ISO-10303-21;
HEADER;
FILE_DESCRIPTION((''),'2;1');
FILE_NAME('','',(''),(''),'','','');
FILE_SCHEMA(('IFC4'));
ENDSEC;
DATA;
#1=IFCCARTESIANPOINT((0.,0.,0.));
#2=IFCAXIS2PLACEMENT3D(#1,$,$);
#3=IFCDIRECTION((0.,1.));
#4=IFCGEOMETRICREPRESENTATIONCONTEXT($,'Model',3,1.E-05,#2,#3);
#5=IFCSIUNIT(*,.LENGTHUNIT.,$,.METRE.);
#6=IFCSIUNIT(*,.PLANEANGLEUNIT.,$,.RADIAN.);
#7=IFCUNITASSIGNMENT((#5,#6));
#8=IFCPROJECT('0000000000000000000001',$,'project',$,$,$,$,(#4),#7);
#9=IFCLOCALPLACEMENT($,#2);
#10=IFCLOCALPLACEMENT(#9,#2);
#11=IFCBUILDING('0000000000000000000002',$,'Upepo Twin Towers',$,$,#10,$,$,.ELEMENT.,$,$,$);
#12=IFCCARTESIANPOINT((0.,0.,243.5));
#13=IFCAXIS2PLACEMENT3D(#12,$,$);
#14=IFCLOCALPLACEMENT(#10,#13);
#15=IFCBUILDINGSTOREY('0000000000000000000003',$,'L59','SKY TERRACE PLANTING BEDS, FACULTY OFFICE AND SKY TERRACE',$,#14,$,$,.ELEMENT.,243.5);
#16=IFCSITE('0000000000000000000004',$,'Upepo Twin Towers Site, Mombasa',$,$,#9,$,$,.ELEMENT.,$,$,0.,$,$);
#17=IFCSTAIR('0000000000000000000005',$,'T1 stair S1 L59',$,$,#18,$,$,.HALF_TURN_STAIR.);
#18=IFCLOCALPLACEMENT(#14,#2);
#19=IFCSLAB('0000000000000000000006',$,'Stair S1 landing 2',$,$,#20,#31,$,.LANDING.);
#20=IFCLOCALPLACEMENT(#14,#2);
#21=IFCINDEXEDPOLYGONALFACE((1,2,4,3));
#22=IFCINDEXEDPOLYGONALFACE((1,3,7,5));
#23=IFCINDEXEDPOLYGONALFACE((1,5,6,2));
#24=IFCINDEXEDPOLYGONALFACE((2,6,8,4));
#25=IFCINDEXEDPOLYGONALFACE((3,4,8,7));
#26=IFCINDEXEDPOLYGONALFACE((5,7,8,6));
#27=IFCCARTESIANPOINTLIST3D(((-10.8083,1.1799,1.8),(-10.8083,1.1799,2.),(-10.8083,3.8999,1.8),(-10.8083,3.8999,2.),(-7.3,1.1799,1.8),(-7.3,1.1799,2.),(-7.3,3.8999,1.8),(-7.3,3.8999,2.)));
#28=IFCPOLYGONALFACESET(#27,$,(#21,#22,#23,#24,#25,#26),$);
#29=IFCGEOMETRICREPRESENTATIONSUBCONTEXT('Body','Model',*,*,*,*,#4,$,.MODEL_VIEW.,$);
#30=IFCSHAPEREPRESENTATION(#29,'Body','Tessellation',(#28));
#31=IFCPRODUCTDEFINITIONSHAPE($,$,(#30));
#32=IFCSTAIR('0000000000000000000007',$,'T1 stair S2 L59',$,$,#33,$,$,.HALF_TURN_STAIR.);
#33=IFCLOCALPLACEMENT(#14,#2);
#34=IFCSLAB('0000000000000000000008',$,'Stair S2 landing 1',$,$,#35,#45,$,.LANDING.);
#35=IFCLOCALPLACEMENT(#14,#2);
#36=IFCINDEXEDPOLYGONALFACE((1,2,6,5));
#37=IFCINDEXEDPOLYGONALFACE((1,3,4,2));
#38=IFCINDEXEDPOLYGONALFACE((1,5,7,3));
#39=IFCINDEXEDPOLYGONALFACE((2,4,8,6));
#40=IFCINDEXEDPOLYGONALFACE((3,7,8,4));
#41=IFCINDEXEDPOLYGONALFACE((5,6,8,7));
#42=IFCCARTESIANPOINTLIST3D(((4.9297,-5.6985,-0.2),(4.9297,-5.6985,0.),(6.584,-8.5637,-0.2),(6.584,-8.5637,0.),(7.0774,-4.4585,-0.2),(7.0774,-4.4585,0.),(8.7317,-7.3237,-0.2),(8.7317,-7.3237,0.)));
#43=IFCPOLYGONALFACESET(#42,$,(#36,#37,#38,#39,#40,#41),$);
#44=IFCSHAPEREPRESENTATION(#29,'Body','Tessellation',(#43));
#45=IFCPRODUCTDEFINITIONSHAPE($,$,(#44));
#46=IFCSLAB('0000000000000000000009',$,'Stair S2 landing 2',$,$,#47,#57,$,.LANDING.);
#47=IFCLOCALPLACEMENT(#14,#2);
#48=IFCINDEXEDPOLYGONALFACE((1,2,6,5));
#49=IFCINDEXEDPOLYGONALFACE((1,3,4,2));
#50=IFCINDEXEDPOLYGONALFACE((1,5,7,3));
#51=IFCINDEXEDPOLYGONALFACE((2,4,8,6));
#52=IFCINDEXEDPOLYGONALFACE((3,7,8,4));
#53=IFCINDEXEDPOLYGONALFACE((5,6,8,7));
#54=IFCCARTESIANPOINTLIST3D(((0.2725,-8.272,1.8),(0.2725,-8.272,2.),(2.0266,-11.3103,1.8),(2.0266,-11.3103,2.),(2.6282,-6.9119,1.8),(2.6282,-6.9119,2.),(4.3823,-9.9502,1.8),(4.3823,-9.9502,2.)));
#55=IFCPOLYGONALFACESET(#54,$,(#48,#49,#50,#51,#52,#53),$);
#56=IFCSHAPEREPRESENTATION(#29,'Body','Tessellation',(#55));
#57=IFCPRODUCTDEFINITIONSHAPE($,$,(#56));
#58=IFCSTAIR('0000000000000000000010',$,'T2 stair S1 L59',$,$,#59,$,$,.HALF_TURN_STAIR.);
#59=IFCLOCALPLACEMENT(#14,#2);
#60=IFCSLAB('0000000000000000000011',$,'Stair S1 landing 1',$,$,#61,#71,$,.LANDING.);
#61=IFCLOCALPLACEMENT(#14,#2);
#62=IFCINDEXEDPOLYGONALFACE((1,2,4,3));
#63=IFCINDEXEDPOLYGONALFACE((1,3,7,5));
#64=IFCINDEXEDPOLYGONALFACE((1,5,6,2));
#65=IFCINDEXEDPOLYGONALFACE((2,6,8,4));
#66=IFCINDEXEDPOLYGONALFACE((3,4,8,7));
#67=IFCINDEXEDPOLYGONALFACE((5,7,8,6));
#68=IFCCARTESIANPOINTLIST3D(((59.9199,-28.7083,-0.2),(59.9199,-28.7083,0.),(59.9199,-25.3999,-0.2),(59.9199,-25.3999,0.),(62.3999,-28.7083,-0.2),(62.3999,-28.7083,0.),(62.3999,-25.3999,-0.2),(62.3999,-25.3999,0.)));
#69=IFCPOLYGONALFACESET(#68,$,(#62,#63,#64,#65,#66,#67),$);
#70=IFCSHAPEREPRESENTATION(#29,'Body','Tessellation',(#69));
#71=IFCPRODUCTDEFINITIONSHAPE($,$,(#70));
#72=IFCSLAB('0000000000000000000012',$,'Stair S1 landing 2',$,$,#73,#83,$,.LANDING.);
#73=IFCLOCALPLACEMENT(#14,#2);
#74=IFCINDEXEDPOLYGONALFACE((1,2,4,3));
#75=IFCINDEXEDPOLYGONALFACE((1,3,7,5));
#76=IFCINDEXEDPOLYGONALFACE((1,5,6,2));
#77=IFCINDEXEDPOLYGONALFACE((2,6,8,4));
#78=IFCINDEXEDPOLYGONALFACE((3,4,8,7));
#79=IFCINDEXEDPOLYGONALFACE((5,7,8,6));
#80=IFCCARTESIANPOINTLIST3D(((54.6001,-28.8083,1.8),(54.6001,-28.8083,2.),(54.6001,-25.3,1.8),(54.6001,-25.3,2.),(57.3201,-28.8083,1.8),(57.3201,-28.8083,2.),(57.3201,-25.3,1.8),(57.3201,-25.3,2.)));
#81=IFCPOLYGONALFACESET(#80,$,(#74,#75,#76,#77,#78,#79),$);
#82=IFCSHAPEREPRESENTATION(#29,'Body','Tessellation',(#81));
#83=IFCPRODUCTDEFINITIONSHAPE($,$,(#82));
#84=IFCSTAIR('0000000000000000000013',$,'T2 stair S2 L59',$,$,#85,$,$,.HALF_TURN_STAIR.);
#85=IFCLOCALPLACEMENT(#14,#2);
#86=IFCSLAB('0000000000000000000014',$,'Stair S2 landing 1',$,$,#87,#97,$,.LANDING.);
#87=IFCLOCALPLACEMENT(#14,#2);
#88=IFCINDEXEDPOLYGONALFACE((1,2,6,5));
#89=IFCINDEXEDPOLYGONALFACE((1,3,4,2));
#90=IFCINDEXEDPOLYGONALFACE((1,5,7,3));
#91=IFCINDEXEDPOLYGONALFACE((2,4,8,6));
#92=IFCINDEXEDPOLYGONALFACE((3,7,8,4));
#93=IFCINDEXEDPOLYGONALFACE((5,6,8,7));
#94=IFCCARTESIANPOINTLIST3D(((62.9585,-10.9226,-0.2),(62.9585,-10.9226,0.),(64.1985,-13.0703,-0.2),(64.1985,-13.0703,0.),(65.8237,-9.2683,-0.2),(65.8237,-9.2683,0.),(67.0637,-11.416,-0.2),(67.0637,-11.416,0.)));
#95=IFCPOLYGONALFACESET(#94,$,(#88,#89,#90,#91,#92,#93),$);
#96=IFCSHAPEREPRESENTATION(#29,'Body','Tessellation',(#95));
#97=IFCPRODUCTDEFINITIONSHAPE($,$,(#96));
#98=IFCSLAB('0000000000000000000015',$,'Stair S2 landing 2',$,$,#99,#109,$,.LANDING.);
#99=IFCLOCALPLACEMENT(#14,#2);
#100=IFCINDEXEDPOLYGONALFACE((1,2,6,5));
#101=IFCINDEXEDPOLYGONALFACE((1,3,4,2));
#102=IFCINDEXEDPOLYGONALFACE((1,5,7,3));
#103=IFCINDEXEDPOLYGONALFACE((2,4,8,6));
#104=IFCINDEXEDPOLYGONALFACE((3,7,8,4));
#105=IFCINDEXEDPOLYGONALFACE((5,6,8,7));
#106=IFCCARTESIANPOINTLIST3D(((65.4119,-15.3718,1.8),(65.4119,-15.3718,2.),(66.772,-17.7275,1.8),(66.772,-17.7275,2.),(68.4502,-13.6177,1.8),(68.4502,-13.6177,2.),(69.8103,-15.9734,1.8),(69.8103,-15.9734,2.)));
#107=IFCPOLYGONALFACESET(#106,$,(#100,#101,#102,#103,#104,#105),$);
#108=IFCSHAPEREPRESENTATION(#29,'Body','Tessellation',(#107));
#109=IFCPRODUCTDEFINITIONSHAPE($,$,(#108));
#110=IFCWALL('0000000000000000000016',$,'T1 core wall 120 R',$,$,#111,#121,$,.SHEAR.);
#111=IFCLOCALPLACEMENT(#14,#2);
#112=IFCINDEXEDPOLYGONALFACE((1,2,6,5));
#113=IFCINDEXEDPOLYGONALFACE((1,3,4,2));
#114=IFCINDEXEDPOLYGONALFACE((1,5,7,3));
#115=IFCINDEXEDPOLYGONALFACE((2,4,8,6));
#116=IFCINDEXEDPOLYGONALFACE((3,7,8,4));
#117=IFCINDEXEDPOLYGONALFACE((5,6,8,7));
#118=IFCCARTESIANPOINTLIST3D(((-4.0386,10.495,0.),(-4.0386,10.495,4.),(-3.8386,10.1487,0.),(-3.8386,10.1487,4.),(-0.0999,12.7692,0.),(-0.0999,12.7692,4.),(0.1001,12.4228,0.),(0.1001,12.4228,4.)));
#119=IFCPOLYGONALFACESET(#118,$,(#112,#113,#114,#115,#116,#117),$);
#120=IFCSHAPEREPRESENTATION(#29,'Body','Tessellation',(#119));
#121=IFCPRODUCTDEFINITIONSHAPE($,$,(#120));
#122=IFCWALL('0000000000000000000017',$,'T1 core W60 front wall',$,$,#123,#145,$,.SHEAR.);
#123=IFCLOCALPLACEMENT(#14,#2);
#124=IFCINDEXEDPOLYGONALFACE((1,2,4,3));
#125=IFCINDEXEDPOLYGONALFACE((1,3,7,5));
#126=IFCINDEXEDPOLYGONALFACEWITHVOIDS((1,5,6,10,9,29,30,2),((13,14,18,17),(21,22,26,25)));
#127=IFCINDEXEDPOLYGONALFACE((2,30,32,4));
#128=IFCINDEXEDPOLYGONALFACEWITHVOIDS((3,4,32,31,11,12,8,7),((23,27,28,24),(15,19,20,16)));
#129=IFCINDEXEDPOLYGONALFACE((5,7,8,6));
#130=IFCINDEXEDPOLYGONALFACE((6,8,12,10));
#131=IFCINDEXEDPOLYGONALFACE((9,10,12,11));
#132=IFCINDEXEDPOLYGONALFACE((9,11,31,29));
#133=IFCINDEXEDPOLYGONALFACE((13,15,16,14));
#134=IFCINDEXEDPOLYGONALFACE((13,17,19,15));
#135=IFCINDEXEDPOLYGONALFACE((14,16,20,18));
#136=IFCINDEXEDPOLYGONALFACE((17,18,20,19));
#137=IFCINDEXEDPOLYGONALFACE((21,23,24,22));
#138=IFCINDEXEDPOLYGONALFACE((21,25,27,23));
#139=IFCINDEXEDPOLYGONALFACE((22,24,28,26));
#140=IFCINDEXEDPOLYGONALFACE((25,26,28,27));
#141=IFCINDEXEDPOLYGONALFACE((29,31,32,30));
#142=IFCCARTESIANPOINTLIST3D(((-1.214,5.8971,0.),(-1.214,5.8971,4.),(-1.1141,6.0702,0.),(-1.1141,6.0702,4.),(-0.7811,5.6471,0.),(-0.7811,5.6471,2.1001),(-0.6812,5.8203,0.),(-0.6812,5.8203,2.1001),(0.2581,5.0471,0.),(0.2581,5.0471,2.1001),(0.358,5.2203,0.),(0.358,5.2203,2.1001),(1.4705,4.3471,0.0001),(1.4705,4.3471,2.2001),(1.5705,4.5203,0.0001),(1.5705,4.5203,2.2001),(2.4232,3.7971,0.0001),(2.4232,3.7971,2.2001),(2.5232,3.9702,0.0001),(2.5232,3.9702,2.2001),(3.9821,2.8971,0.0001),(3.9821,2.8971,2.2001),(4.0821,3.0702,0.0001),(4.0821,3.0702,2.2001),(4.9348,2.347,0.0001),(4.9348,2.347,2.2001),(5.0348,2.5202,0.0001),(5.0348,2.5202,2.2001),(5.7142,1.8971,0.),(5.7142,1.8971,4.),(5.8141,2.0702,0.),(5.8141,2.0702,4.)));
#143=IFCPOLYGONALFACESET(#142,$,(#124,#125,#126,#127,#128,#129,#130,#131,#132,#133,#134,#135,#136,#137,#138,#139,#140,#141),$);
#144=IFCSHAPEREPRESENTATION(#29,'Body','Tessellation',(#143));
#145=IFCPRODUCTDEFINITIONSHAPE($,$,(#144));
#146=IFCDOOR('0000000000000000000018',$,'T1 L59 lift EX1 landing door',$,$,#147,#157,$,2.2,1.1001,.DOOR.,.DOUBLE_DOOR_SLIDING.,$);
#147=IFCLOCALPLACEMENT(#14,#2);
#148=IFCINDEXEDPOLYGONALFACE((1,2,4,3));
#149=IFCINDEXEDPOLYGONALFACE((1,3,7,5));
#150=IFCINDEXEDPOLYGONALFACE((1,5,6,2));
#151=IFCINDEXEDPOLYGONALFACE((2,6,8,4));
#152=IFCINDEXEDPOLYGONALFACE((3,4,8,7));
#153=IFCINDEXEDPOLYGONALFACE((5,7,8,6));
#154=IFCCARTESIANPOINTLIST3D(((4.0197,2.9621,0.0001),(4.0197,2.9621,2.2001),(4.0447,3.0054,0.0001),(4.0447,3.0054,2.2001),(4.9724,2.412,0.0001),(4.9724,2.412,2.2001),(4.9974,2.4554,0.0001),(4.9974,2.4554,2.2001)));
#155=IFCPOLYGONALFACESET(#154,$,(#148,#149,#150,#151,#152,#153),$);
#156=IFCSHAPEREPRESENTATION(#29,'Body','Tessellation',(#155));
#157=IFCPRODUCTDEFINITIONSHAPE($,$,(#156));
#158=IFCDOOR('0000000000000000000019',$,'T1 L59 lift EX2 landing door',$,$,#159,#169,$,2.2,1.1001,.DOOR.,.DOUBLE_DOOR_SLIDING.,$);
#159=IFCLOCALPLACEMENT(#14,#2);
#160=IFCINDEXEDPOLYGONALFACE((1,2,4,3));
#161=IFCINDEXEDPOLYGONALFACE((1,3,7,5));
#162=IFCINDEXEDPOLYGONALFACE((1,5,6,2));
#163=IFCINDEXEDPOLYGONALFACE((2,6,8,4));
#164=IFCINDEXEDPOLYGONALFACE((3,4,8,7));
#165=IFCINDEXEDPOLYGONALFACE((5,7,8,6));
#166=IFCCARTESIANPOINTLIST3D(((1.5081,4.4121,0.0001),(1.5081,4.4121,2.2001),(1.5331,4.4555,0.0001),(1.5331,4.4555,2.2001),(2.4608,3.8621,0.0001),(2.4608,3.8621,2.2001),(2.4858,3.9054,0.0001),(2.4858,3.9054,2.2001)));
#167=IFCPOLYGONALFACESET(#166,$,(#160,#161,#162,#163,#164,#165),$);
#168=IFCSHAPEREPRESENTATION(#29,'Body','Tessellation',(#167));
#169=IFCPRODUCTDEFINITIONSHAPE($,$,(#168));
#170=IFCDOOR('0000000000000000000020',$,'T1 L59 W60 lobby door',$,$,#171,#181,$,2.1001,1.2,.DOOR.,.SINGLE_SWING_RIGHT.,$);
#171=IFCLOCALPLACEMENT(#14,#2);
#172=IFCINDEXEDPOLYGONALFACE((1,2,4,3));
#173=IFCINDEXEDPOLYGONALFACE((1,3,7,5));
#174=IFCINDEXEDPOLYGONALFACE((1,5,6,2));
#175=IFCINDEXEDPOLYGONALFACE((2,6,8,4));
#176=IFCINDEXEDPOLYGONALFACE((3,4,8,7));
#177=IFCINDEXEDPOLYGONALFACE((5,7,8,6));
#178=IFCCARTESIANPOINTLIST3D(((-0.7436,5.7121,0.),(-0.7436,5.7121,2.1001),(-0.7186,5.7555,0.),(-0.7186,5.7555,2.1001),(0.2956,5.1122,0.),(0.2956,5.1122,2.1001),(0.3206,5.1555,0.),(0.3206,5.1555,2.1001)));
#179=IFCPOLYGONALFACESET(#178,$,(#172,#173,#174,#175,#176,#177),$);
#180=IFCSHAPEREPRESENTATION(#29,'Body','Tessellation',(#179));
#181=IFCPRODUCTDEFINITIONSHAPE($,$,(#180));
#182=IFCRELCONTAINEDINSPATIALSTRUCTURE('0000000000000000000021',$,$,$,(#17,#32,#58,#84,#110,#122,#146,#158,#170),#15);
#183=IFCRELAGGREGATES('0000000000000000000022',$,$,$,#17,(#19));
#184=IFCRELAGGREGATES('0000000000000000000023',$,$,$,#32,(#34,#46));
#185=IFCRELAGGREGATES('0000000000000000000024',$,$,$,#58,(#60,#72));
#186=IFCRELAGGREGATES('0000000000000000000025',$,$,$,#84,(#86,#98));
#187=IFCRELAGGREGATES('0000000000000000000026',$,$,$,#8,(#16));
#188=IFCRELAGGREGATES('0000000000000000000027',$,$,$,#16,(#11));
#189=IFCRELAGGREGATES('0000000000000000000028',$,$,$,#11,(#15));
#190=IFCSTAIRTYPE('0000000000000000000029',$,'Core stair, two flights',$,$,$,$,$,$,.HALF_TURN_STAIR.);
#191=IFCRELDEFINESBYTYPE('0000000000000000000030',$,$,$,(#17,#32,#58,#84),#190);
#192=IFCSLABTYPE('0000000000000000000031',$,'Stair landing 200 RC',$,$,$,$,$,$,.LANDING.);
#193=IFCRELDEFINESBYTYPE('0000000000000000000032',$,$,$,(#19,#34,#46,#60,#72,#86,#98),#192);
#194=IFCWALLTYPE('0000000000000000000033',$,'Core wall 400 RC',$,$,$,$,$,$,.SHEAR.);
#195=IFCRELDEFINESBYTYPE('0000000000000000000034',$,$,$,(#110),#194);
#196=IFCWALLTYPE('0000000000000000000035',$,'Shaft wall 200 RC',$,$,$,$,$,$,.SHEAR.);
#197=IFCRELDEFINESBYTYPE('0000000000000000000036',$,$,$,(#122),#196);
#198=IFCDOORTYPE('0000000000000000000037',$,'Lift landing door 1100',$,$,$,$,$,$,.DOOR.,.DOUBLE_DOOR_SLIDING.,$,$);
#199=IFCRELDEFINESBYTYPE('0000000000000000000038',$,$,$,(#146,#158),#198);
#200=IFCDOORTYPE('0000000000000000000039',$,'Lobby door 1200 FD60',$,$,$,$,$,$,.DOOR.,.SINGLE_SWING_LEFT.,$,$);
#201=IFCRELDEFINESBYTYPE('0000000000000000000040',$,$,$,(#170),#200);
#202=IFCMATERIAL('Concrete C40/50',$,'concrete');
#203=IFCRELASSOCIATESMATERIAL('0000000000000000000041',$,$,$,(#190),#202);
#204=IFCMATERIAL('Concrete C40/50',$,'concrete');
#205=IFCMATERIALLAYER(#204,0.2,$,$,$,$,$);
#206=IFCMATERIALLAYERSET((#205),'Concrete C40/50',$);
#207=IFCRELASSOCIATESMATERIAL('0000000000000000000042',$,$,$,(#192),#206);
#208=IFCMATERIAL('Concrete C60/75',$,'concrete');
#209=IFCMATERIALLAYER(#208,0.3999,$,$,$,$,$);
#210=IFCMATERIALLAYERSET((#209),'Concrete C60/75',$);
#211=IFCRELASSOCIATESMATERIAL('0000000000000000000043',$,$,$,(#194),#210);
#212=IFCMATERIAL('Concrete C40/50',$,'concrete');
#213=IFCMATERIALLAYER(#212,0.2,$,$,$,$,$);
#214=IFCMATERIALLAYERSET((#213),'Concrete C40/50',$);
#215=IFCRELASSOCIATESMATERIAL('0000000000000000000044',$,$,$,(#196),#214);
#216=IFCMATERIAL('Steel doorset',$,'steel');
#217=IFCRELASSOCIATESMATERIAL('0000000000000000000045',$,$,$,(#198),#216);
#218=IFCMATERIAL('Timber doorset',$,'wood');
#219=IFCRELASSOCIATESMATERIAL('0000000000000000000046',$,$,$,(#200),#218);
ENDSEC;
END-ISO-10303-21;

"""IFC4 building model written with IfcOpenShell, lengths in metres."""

from ifc_helpers import new_model, si_unit, direction, frame, frame_2d, origin, place, context, subcontext, project, spatial, polyline, rectangle, outline, extrude, material, layer, layer_set, type_object, element, fill, aggregate, save


model = new_model("IFC4")

# Units and contexts
model_context = context("Model", 3, precision=1e-05, world=origin(), true_north=direction((0.0, 1.0)))
body_context = subcontext(model_context, "Body", "Model", "MODEL_VIEW")
ifc_project = project(units=[si_unit("LENGTHUNIT", "METRE"), si_unit("PLANEANGLEUNIT", "RADIAN")], contexts=[model_context])

# Site, building, storey
site_placement = place(None, origin())
site = spatial("IfcSite", under=ifc_project, at=site_placement, Name="Upepo Twin Towers Site, Mombasa", CompositionType="ELEMENT", RefElevation=0.0)
building_placement = place(site_placement, origin())
building = spatial("IfcBuilding", under=site, at=building_placement, Name="Upepo Twin Towers", CompositionType="ELEMENT")
storey_placement = place(building_placement, frame((0.0, 0.0, 243.5)))
storey = spatial("IfcBuildingStorey", under=building, at=storey_placement, Name="L59", Description="SKY TERRACE PLANTING BEDS, FACULTY OFFICE AND SKY TERRACE", CompositionType="ELEMENT", Elevation=243.5)

# Stair, slab
ifc_material_1 = material(Name="Concrete C40/50", Category="concrete")
stair_type = type_object("IfcStairType", Name="Core stair, two flights", PredefinedType="HALF_TURN_STAIR", material=ifc_material_1)
stair_1_placement = place(storey_placement, origin())
stair_1 = element("IfcStair", 1, at=stair_1_placement, inside=storey, type_object=stair_type, Name="T1 stair S1 L59", PredefinedType="HALF_TURN_STAIR")
ifc_material_2 = material(Name="Concrete C40/50", Category="concrete")
ifc_layer_1 = layer(ifc_material_2, 0.2)
ifc_layer_set_1 = layer_set([ifc_layer_1], Name="Concrete C40/50")
slab_type = type_object("IfcSlabType", Name="Stair landing 200 RC", PredefinedType="LANDING", material=ifc_layer_set_1)
slab_1_placement = place(storey_placement, frame((0.0, 0.0, 1.8)))
slab_1 = element("IfcSlab", 2, at=slab_1_placement, type_object=slab_type, Name="Stair S1 landing 2", PredefinedType="LANDING", context=body_context, shape_type="SweptSolid", body=[
    extrude(outline(polyline([(-7.3, 3.8999), (-10.8083, 3.8999), (-10.8083, 1.1799), (-7.3, 1.1799), (-7.3, 3.8999)])), origin(), (0.0, 0.0, 1.0), 0.2),
])
aggregate(stair_1, [slab_1])

# Stairs, slabs
stair_2_placement = place(storey_placement, origin())
stair_2 = element("IfcStair", 3, at=stair_2_placement, inside=storey, type_object=stair_type, Name="T1 stair S2 L59", PredefinedType="HALF_TURN_STAIR")
slab_2_placement = place(storey_placement, frame((0.0, 0.0, -0.2)))
slab_2 = element("IfcSlab", 4, at=slab_2_placement, type_object=slab_type, Name="Stair S2 landing 1", PredefinedType="LANDING", context=body_context, shape_type="SweptSolid", body=[
    extrude(outline(polyline([(4.9297, -5.6985), (6.584, -8.5637), (8.7317, -7.3237), (7.0774, -4.4585), (4.9297, -5.6985)])), origin(), (0.0, 0.0, 1.0), 0.2),
])
slab_3_placement = place(storey_placement, frame((0.0, 0.0, 1.8)))
slab_3 = element("IfcSlab", 5, at=slab_3_placement, type_object=slab_type, Name="Stair S2 landing 2", PredefinedType="LANDING", context=body_context, shape_type="SweptSolid", body=[
    extrude(outline(polyline([(0.2725, -8.272), (2.0266, -11.3103), (4.3823, -9.9502), (2.6282, -6.9119), (0.2725, -8.272)])), origin(), (0.0, 0.0, 1.0), 0.2),
])
aggregate(stair_2, [slab_2, slab_3])
stair_3_placement = place(storey_placement, origin())
stair_3 = element("IfcStair", 6, at=stair_3_placement, inside=storey, type_object=stair_type, Name="T2 stair S1 L59", PredefinedType="HALF_TURN_STAIR")
slab_4_placement = place(storey_placement, frame((0.0, 0.0, -0.2)))
slab_4 = element("IfcSlab", 7, at=slab_4_placement, type_object=slab_type, Name="Stair S1 landing 1", PredefinedType="LANDING", context=body_context, shape_type="SweptSolid", body=[
    extrude(outline(polyline([(59.9199, -25.3999), (59.9199, -28.7083), (62.3999, -28.7083), (62.3999, -25.3999), (59.9199, -25.3999)])), origin(), (0.0, 0.0, 1.0), 0.2),
])
slab_5_placement = place(storey_placement, frame((0.0, 0.0, 1.8)))
slab_5 = element("IfcSlab", 8, at=slab_5_placement, type_object=slab_type, Name="Stair S1 landing 2", PredefinedType="LANDING", context=body_context, shape_type="SweptSolid", body=[
    extrude(outline(polyline([(54.6001, -25.3), (54.6001, -28.8083), (57.3201, -28.8083), (57.3201, -25.3), (54.6001, -25.3)])), origin(), (0.0, 0.0, 1.0), 0.2),
])
aggregate(stair_3, [slab_4, slab_5])
stair_4_placement = place(storey_placement, origin())
stair_4 = element("IfcStair", 9, at=stair_4_placement, inside=storey, type_object=stair_type, Name="T2 stair S2 L59", PredefinedType="HALF_TURN_STAIR")
slab_6_placement = place(storey_placement, frame((0.0, 0.0, -0.2)))
slab_6 = element("IfcSlab", 10, at=slab_6_placement, type_object=slab_type, Name="Stair S2 landing 1", PredefinedType="LANDING", context=body_context, shape_type="SweptSolid", body=[
    extrude(outline(polyline([(64.1985, -13.0703), (67.0637, -11.416), (65.8237, -9.2683), (62.9585, -10.9226), (64.1985, -13.0703)])), origin(), (0.0, 0.0, 1.0), 0.2),
])
slab_7_placement = place(storey_placement, frame((0.0, 0.0, 1.8)))
slab_7 = element("IfcSlab", 11, at=slab_7_placement, type_object=slab_type, Name="Stair S2 landing 2", PredefinedType="LANDING", context=body_context, shape_type="SweptSolid", body=[
    extrude(outline(polyline([(66.772, -17.7275), (69.8103, -15.9734), (68.4502, -13.6177), (65.4119, -15.3718), (66.772, -17.7275)])), origin(), (0.0, 0.0, 1.0), 0.2),
])
aggregate(stair_4, [slab_6, slab_7])

# Wall
ifc_material_3 = material(Name="Concrete C60/75", Category="concrete")
ifc_layer_2 = layer(ifc_material_3, 0.3999)
ifc_layer_set_2 = layer_set([ifc_layer_2], Name="Concrete C60/75")
wall_type_1 = type_object("IfcWallType", Name="Core wall 400 RC", PredefinedType="SHEAR", material=ifc_layer_set_2)
wall_1_placement = place(storey_placement, frame((0.0, 12.5959, 0.0), z_axis=(0.0, 0.0, 1.0), x_axis=(-0.866011, -0.500024, 0.0)))
element("IfcWall", 12, at=wall_1_placement, inside=storey, type_object=wall_type_1, Name="T1 core wall 120 R", PredefinedType="SHEAR", context=body_context, shape_type="SweptSolid", body=[
    extrude(rectangle(XDim=4.5481, YDim=0.3999, at=frame_2d((2.2739, 0.0))), origin(), (0.0, 0.0, 1.0), 4.0),
])

# Wall, openings, doors
ifc_material_4 = material(Name="Concrete C40/50", Category="concrete")
ifc_layer_3 = layer(ifc_material_4, 0.2)
ifc_layer_set_3 = layer_set([ifc_layer_3], Name="Concrete C40/50")
wall_type_2 = type_object("IfcWallType", Name="Shaft wall 200 RC", PredefinedType="SHEAR", material=ifc_layer_set_3)
wall_2_placement = place(storey_placement, frame((5.7642, 1.9836, 0.0), z_axis=(0.0, 0.0, 1.0), x_axis=(-0.866026, 0.499999, 0.0)))
wall_2 = element("IfcWall", 13, at=wall_2_placement, inside=storey, type_object=wall_type_2, Name="T1 core W60 front wall", PredefinedType="SHEAR", context=body_context, shape_type="SweptSolid", body=[
    extrude(rectangle(XDim=8.0, YDim=0.2, at=frame_2d((4.0, 0.0))), origin(), (0.0, 0.0, 1.0), 4.0),
])
opening_1_placement = place(wall_2_placement, frame((6.3, 0.0, 0.0)))
opening_1 = element("IfcOpeningElement", 14, at=opening_1_placement, cuts=wall_2, PredefinedType="OPENING", context=body_context, shape_type="SweptSolid", body=[
    extrude(rectangle(XDim=1.2, YDim=2.1001, at=frame_2d((0.6001, 1.05))), frame((0.0, 0.1099, 0.0), z_axis=(0.0, -1.0, 0.0), x_axis=(1.0, 0.0, 0.0)), (0.0, 0.0, 1.0), 0.22),
])
opening_2_placement = place(wall_2_placement, frame((0.8999, 0.0, 0.0)))
opening_2 = element("IfcOpeningElement", 15, at=opening_2_placement, cuts=wall_2, PredefinedType="OPENING", context=body_context, shape_type="SweptSolid", body=[
    extrude(rectangle(XDim=1.1001, YDim=2.2, at=frame_2d((0.55, 1.1001))), frame((0.0, 0.1099, 0.0), z_axis=(0.0, -1.0, 0.0), x_axis=(1.0, 0.0, 0.0)), (0.0, 0.0, 1.0), 0.22),
])
opening_3_placement = place(wall_2_placement, frame((3.8, 0.0, 0.0)))
opening_3 = element("IfcOpeningElement", 16, at=opening_3_placement, cuts=wall_2, PredefinedType="OPENING", context=body_context, shape_type="SweptSolid", body=[
    extrude(rectangle(XDim=1.1001, YDim=2.2, at=frame_2d((0.55, 1.1001))), frame((0.0, 0.1099, 0.0), z_axis=(0.0, -1.0, 0.0), x_axis=(1.0, 0.0, 0.0)), (0.0, 0.0, 1.0), 0.22),
])
ifc_material_5 = material(Name="Steel doorset", Category="steel")
door_type_1 = type_object("IfcDoorType", Name="Lift landing door 1100", OperationType="DOUBLE_DOOR_SLIDING", PredefinedType="DOOR", material=ifc_material_5)
door_1_placement = place(opening_2_placement, origin())
door_1 = element("IfcDoor", 17, at=door_1_placement, inside=storey, type_object=door_type_1, Name="T1 L59 lift EX1 landing door", OperationType="DOUBLE_DOOR_SLIDING", OverallHeight=2.2, OverallWidth=1.1001, PredefinedType="DOOR", context=body_context, shape_type="SweptSolid", body=[
    extrude(rectangle(XDim=1.1001, YDim=2.2, at=frame_2d((0.55, 1.1001))), frame((0.0, 0.0249, 0.0), z_axis=(0.0, -1.0, 0.0), x_axis=(1.0, 0.0, 0.0)), (0.0, 0.0, 1.0), 0.05),
])
fill(opening_2, door_1)
door_2_placement = place(opening_3_placement, origin())
door_2 = element("IfcDoor", 18, at=door_2_placement, inside=storey, type_object=door_type_1, Name="T1 L59 lift EX2 landing door", OperationType="DOUBLE_DOOR_SLIDING", OverallHeight=2.2, OverallWidth=1.1001, PredefinedType="DOOR", context=body_context, shape_type="SweptSolid", body=[
    extrude(rectangle(XDim=1.1001, YDim=2.2, at=frame_2d((0.55, 1.1001))), frame((0.0, 0.0249, 0.0), z_axis=(0.0, -1.0, 0.0), x_axis=(1.0, 0.0, 0.0)), (0.0, 0.0, 1.0), 0.05),
])
fill(opening_3, door_2)
ifc_material_6 = material(Name="Timber doorset", Category="wood")
door_type_2 = type_object("IfcDoorType", Name="Lobby door 1200 FD60", OperationType="SINGLE_SWING_LEFT", PredefinedType="DOOR", material=ifc_material_6)
door_3_placement = place(opening_1_placement, origin())
door_3 = element("IfcDoor", 19, at=door_3_placement, inside=storey, type_object=door_type_2, Name="T1 L59 W60 lobby door", OperationType="SINGLE_SWING_RIGHT", OverallHeight=2.1001, OverallWidth=1.2, PredefinedType="DOOR", context=body_context, shape_type="SweptSolid", body=[
    extrude(rectangle(XDim=1.2, YDim=2.1001, at=frame_2d((0.6001, 1.05))), frame((0.0, 0.0249, 0.0), z_axis=(0.0, -1.0, 0.0), x_axis=(1.0, 0.0, 0.0)), (0.0, 0.0, 1.0), 0.05),
])
fill(opening_1, door_3)

save(model, "model.ifc")
